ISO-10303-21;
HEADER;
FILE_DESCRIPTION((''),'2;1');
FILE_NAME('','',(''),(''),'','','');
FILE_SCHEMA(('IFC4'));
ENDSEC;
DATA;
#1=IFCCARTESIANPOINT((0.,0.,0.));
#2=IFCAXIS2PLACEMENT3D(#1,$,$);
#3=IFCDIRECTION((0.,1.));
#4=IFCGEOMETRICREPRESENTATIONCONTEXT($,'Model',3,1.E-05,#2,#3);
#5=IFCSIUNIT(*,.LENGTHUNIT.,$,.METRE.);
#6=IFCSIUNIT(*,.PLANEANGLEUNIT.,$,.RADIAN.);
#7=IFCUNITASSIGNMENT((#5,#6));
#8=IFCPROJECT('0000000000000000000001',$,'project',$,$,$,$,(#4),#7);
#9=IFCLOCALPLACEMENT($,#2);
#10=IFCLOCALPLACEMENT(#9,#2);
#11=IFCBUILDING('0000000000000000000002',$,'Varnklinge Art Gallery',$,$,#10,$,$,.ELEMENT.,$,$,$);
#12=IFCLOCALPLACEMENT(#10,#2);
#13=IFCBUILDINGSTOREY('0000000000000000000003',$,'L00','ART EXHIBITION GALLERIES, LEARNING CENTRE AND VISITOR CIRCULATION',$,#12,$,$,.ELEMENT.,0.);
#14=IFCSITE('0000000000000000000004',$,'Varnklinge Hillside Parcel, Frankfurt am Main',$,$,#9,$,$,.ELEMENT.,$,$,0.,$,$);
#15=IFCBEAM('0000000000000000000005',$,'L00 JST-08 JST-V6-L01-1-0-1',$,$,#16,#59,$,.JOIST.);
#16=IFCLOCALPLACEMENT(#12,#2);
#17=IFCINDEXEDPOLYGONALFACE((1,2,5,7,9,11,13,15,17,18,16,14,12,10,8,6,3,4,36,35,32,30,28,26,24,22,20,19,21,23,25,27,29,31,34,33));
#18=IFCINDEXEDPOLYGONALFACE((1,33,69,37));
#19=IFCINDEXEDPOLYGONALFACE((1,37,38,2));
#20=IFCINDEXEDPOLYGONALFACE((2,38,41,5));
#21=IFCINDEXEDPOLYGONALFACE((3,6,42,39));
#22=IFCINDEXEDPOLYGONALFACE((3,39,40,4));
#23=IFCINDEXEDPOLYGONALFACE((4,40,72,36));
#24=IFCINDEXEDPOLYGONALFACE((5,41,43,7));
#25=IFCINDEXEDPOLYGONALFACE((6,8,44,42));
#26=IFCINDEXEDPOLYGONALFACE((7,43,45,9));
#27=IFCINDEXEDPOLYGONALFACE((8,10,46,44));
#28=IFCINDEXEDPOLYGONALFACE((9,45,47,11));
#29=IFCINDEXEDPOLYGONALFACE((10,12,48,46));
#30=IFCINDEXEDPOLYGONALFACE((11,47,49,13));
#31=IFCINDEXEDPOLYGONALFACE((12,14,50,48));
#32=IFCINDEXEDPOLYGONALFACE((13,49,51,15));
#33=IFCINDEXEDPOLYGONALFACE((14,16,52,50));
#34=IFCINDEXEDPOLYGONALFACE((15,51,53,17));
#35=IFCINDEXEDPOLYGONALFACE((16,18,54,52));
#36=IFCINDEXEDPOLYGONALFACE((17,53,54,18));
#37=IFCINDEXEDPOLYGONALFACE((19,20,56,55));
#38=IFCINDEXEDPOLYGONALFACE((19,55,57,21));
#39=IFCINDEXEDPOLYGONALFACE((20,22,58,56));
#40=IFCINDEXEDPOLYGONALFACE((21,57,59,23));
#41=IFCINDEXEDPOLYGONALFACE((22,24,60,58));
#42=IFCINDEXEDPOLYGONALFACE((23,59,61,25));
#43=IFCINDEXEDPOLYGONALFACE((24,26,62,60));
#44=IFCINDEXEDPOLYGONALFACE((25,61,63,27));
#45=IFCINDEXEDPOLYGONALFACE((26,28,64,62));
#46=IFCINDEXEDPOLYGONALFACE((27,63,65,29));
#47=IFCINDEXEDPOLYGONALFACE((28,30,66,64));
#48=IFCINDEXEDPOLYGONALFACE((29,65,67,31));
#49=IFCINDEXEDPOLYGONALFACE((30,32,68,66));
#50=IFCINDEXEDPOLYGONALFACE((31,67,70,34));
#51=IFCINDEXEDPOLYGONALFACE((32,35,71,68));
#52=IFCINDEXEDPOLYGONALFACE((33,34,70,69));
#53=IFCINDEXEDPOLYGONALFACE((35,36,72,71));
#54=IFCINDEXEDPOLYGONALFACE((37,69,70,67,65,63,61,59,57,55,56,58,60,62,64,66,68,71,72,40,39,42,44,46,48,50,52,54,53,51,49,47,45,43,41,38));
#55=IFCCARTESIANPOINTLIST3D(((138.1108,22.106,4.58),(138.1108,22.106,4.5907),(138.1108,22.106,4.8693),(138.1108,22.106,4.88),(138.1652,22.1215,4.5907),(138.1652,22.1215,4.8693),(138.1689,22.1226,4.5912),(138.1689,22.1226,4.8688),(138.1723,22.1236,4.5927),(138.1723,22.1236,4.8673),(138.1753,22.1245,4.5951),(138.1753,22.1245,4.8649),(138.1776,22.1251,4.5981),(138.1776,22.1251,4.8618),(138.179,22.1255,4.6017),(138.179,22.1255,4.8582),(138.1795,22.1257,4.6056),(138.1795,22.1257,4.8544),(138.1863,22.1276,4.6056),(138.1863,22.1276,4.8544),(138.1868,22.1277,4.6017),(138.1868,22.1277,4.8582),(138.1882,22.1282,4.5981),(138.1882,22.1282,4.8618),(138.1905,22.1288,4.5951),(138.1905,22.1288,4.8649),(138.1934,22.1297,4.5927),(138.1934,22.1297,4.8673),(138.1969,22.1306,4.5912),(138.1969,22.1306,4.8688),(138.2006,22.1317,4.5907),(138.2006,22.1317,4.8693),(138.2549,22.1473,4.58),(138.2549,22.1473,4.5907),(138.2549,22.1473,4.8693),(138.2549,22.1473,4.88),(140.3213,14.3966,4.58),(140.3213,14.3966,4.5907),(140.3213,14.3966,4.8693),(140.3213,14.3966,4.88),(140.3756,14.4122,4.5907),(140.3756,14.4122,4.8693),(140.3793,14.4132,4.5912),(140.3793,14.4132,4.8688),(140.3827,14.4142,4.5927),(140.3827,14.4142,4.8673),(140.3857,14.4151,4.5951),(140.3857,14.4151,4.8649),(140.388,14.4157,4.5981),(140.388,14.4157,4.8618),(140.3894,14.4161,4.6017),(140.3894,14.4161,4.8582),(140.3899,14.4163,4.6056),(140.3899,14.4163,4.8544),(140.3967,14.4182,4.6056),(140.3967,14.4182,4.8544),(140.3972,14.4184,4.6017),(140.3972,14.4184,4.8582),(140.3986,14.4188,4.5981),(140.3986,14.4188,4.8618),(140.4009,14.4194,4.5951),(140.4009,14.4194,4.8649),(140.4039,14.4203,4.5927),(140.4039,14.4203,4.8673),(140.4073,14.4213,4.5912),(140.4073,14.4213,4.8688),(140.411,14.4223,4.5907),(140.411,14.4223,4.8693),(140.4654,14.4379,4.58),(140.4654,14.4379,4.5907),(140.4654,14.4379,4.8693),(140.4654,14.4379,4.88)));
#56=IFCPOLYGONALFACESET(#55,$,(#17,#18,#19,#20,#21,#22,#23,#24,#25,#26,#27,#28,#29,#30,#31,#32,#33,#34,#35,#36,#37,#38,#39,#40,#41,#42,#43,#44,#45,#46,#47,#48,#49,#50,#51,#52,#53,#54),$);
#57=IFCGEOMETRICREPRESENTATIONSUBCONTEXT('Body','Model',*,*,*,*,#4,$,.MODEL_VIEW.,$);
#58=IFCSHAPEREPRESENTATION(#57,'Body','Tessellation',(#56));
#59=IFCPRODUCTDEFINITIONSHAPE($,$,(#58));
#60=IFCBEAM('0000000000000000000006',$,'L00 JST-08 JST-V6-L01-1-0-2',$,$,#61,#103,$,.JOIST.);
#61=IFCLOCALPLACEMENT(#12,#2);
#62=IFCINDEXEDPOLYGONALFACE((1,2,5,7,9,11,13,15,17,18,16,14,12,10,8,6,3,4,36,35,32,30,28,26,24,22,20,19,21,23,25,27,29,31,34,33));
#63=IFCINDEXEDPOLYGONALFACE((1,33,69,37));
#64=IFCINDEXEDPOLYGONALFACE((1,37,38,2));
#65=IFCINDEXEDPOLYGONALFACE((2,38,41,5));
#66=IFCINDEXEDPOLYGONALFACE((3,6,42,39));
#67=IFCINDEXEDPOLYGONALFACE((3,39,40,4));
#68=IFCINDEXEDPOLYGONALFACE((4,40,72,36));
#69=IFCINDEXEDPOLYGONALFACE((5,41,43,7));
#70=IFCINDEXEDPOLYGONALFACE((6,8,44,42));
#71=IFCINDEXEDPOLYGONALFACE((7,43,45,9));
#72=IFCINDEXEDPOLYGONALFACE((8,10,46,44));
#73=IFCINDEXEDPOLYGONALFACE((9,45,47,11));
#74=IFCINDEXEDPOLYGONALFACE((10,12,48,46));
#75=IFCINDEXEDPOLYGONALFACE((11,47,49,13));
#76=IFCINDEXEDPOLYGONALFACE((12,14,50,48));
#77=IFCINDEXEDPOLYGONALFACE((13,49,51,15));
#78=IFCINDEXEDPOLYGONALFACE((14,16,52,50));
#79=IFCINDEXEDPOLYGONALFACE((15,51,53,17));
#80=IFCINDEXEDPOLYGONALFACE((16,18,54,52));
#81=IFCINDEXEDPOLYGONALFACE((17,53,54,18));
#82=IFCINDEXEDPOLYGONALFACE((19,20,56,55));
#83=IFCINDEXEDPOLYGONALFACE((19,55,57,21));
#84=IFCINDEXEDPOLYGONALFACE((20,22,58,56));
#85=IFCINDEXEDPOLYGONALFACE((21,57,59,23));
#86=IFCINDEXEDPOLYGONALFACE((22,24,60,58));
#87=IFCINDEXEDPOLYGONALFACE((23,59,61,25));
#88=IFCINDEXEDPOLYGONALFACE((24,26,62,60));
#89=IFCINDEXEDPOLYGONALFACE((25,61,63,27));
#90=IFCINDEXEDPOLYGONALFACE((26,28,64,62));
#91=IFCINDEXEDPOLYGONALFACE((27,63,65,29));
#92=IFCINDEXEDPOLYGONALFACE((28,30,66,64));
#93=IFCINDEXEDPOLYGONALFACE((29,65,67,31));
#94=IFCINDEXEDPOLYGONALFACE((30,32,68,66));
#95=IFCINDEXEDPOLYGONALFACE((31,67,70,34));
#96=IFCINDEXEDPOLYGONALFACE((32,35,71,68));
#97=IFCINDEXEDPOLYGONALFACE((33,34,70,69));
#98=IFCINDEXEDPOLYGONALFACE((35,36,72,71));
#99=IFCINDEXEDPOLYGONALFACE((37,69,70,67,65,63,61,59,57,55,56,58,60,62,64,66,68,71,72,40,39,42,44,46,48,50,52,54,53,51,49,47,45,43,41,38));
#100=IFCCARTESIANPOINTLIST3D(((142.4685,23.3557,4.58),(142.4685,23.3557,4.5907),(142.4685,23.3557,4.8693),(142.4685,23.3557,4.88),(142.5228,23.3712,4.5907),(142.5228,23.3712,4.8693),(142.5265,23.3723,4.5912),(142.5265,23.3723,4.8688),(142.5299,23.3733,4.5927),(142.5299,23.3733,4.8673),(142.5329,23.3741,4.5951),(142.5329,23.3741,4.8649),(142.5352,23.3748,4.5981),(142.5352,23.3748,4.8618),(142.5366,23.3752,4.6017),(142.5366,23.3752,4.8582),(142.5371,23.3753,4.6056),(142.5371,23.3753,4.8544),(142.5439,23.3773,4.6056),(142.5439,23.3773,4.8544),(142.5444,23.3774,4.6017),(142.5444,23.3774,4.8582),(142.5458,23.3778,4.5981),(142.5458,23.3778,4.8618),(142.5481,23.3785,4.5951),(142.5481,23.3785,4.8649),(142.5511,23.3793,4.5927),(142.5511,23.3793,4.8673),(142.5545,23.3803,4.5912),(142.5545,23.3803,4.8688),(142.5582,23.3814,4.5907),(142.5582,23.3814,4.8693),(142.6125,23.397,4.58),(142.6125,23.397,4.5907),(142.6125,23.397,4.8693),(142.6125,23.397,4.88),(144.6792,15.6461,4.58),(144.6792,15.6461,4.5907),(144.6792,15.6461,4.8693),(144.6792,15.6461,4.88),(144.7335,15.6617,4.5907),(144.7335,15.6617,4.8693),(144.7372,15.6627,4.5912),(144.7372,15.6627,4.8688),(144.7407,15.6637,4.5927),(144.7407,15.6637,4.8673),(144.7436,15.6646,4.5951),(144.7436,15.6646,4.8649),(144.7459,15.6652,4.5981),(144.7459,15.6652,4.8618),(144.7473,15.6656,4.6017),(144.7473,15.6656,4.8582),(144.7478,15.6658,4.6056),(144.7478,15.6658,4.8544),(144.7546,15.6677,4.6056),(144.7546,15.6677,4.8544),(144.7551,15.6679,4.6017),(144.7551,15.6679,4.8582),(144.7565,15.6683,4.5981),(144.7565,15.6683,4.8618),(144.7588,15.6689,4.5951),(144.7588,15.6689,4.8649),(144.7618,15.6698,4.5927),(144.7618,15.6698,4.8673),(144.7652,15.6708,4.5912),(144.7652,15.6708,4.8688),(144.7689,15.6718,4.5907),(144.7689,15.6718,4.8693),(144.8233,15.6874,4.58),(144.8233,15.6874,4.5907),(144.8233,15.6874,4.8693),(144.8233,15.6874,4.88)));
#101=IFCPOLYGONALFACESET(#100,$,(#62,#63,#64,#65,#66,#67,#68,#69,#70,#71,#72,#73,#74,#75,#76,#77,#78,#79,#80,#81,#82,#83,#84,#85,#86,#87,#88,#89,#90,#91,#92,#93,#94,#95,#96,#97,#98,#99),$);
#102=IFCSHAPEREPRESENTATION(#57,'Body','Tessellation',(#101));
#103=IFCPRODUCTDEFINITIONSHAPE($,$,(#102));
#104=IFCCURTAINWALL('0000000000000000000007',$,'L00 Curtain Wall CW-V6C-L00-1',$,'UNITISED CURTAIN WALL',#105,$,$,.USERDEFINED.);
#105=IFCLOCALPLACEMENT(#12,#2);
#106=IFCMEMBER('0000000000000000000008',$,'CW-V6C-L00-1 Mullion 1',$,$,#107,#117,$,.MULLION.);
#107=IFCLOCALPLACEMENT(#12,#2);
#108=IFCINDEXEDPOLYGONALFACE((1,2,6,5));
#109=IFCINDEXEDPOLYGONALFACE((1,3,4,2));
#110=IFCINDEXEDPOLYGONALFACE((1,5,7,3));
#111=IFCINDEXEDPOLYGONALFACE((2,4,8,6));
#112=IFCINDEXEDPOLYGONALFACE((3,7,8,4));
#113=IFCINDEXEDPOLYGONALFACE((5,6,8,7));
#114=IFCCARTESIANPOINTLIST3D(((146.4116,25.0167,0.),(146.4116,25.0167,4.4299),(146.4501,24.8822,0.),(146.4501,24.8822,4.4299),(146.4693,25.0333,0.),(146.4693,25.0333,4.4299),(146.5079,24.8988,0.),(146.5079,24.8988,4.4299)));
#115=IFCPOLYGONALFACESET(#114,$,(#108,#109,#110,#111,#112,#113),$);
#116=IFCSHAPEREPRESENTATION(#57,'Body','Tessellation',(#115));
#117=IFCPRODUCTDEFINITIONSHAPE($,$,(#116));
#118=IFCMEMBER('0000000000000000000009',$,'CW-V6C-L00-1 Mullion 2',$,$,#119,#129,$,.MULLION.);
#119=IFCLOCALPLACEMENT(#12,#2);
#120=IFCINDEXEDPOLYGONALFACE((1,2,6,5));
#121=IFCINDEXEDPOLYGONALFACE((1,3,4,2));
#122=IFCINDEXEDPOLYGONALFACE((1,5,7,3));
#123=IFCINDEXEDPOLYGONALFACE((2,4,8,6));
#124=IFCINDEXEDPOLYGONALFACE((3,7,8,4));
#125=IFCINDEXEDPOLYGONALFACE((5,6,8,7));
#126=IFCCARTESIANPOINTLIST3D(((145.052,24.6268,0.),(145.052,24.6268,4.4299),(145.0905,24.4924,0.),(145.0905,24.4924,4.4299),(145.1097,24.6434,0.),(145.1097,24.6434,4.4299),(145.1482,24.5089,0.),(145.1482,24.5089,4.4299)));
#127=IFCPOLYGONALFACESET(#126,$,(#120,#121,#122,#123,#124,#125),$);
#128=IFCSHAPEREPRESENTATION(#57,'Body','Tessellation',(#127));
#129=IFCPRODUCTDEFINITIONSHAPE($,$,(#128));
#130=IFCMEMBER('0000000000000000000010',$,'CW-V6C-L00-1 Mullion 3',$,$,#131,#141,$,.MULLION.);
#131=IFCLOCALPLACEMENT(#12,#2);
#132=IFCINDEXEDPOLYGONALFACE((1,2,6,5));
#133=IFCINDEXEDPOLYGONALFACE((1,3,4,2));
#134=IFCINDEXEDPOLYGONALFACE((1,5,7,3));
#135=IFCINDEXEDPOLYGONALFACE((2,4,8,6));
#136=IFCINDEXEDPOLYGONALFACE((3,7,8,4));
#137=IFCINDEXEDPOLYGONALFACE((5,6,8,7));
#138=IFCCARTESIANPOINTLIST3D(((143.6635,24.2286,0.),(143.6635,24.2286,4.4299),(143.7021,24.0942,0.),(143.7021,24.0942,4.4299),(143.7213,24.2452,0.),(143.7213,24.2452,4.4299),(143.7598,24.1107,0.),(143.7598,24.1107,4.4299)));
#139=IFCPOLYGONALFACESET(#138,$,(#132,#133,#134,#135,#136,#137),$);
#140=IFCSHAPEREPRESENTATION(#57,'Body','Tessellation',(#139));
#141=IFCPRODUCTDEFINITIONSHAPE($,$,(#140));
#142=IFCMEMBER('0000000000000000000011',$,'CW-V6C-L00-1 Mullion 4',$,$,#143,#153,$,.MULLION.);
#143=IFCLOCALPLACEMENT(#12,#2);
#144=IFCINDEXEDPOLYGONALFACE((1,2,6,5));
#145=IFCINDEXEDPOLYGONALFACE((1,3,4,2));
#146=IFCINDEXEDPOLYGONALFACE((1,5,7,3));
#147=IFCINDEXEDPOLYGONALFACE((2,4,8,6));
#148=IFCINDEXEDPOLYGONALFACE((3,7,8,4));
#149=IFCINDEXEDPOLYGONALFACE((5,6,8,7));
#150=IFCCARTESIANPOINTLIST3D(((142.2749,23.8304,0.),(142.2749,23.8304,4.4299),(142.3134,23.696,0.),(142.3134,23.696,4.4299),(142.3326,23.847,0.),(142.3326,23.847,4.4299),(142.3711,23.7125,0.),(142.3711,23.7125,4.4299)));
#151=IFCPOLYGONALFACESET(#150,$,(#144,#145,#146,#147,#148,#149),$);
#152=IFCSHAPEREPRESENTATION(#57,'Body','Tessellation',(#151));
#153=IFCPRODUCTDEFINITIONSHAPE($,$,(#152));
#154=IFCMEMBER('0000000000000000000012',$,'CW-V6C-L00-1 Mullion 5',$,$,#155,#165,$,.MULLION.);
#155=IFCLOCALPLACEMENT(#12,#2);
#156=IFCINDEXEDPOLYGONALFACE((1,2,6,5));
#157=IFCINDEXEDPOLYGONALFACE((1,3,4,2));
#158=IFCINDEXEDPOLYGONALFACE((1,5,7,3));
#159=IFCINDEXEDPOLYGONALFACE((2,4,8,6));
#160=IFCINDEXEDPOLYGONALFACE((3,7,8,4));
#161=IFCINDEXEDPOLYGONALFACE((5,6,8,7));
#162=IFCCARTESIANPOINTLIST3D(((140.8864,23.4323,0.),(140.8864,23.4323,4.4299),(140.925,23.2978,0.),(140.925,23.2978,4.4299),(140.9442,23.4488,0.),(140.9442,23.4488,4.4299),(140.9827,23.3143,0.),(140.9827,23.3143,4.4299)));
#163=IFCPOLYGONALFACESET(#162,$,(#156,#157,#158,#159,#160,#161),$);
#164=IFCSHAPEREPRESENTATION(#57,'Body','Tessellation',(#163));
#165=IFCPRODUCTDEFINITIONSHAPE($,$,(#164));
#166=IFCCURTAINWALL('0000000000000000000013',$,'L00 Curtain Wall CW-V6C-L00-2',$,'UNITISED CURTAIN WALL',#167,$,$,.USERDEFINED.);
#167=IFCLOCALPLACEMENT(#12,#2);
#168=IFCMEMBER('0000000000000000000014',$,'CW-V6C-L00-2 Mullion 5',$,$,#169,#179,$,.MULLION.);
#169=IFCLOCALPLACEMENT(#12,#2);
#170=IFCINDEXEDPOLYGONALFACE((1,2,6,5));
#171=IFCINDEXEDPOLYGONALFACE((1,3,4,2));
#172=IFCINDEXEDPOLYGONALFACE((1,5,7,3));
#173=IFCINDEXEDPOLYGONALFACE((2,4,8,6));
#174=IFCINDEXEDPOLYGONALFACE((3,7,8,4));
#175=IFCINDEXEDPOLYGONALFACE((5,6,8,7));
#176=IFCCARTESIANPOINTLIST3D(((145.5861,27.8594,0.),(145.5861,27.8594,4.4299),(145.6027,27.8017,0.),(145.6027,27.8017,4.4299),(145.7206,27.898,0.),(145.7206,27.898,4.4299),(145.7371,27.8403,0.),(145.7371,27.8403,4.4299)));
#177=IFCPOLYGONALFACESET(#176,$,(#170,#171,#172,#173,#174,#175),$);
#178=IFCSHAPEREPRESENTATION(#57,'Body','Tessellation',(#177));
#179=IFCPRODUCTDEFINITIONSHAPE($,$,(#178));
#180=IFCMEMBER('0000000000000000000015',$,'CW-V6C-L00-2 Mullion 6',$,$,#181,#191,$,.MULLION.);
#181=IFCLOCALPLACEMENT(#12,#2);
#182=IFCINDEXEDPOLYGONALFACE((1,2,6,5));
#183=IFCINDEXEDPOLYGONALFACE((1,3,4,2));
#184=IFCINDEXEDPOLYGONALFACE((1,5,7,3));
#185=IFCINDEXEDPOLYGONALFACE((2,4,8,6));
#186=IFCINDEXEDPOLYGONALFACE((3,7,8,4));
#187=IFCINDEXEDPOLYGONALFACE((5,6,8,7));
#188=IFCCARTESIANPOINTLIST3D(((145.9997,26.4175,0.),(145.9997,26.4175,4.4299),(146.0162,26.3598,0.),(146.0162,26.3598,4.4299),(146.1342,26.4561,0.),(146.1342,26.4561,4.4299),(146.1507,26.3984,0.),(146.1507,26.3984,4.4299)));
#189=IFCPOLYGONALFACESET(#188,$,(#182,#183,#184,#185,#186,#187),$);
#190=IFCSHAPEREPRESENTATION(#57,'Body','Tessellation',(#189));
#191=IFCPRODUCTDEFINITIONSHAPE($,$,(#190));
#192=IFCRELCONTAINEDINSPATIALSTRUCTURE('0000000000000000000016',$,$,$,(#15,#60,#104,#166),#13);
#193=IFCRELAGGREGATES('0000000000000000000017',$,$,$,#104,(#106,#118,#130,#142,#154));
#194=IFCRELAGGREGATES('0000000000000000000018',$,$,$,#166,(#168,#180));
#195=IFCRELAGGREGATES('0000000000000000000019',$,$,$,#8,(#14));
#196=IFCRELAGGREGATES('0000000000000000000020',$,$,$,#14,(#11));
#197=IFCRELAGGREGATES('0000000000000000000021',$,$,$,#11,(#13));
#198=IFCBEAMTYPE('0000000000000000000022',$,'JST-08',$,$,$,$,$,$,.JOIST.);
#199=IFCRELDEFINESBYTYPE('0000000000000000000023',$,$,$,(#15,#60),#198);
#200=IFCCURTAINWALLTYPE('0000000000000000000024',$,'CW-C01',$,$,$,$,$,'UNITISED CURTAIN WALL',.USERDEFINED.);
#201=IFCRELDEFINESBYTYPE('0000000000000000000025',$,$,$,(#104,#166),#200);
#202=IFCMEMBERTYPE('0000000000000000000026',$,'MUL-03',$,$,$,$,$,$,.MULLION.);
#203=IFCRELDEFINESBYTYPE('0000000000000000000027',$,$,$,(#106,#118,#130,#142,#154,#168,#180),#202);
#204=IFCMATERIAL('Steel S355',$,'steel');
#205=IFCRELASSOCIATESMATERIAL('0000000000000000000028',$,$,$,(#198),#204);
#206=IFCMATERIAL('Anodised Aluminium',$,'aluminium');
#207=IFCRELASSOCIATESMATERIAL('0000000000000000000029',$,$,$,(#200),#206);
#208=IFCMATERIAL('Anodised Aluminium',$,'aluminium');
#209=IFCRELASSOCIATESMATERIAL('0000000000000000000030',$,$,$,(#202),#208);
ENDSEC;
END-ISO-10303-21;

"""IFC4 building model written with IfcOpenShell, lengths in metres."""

from ifc_helpers import new_model, si_unit, direction, frame, origin, origin_2d, place, context, subcontext, project, spatial, rectangle, i_section, extrude, material, material_profile, profile_set, type_object, element, aggregate, save


model = new_model("IFC4")

# Units and contexts
model_context = context("Model", 3, precision=1e-05, world=origin(), true_north=direction((0.0, 1.0)))
body_context = subcontext(model_context, "Body", "Model", "MODEL_VIEW")
ifc_project = project(units=[si_unit("LENGTHUNIT", "METRE"), si_unit("PLANEANGLEUNIT", "RADIAN")], contexts=[model_context])

# Site, building, storey
site_placement = place(None, origin())
site = spatial("IfcSite", under=ifc_project, at=site_placement, Name="Varnklinge Hillside Parcel, Frankfurt am Main", CompositionType="ELEMENT", RefElevation=0.0)
building_placement = place(site_placement, origin())
building = spatial("IfcBuilding", under=site, at=building_placement, Name="Varnklinge Art Gallery", CompositionType="ELEMENT")
storey_placement = place(building_placement, origin())
storey = spatial("IfcBuildingStorey", under=building, at=storey_placement, Name="L00", Description="ART EXHIBITION GALLERIES, LEARNING CENTRE AND VISITOR CIRCULATION", CompositionType="ELEMENT", Elevation=0.0)

# Beams
ifc_material_1 = material(Name="Steel S355", Category="steel")
ifc_material_profile_1 = material_profile(ifc_material_1, i_section(OverallWidth=0.1499, OverallDepth=0.3, WebThickness=0.0071, FlangeThickness=0.0107, FilletRadius=0.0149, at=origin_2d()), Name="IPE 300")
ifc_profile_set_1 = profile_set([ifc_material_profile_1], Name="Steel S355")
beam_type = type_object("IfcBeamType", Name="JST-08", PredefinedType="JOIST", material=ifc_profile_set_1)
beam_1_placement = place(storey_placement, frame((140.3933, 14.4172, 4.73), z_axis=(-0.275614, 0.961269, 0.0), x_axis=(-0.961269, -0.275614, 0.0)))
element("IfcBeam", 1, at=beam_1_placement, inside=storey, type_object=beam_type, Name="L00 JST-08 JST-V6-L01-1-0-1", PredefinedType="JOIST", context=body_context, shape_type="SweptSolid", body=[
    extrude(i_section(OverallWidth=0.1499, OverallDepth=0.3, WebThickness=0.0071, FlangeThickness=0.0107, FilletRadius=0.0149, at=origin_2d()), origin(), (0.0, 0.0, 1.0), 8.02),
])
beam_2_placement = place(storey_placement, frame((144.7512, 15.6667, 4.73), z_axis=(-0.275642, 0.96126, 0.0), x_axis=(-0.96126, -0.275642, 0.0)))
element("IfcBeam", 2, at=beam_2_placement, inside=storey, type_object=beam_type, Name="L00 JST-08 JST-V6-L01-1-0-2", PredefinedType="JOIST", context=body_context, shape_type="SweptSolid", body=[
    extrude(i_section(OverallWidth=0.1499, OverallDepth=0.3, WebThickness=0.0071, FlangeThickness=0.0107, FilletRadius=0.0149, at=origin_2d()), origin(), (0.0, 0.0, 1.0), 8.0203),
])

# Curtain walls, members
ifc_material_2 = material(Name="Anodised Aluminium", Category="aluminium")
curtain_wall_type = type_object("IfcCurtainWallType", Name="CW-C01", ElementType="UNITISED CURTAIN WALL", PredefinedType="USERDEFINED", material=ifc_material_2)
curtain_wall_1_placement = place(storey_placement, origin())
curtain_wall_1 = element("IfcCurtainWall", 3, at=curtain_wall_1_placement, inside=storey, type_object=curtain_wall_type, Name="L00 Curtain Wall CW-V6C-L00-1", ObjectType="UNITISED CURTAIN WALL", PredefinedType="USERDEFINED")
ifc_material_3 = material(Name="Anodised Aluminium", Category="aluminium")
ifc_material_profile_2 = material_profile(ifc_material_3, rectangle(XDim=0.0601, YDim=0.1399, at=origin_2d()), Name="ALU 60x140")
ifc_profile_set_2 = profile_set([ifc_material_profile_2], Name="Anodised Aluminium")
member_type = type_object("IfcMemberType", Name="MUL-03", PredefinedType="MULLION", material=ifc_profile_set_2)
member_1_placement = place(storey_placement, frame((146.4597, 24.9578, 0.0), z_axis=(0.0, 0.0, 1.0), x_axis=(-0.961262, -0.275637, 0.0)))
member_1 = element("IfcMember", 4, at=member_1_placement, type_object=member_type, Name="CW-V6C-L00-1 Mullion 1", PredefinedType="MULLION", context=body_context, shape_type="SweptSolid", body=[
    extrude(rectangle(XDim=0.0601, YDim=0.1399, at=origin_2d()), origin(), (0.0, 0.0, 1.0), 4.4299),
])
member_2_placement = place(storey_placement, frame((145.1001, 24.5679, 0.0), z_axis=(0.0, 0.0, 1.0), x_axis=(-0.961262, -0.275637, 0.0)))
member_2 = element("IfcMember", 5, at=member_2_placement, type_object=member_type, Name="CW-V6C-L00-1 Mullion 2", PredefinedType="MULLION", context=body_context, shape_type="SweptSolid", body=[
    extrude(rectangle(XDim=0.0601, YDim=0.1399, at=origin_2d()), origin(), (0.0, 0.0, 1.0), 4.4299),
])
member_3_placement = place(storey_placement, frame((143.7117, 24.1697, 0.0), z_axis=(0.0, 0.0, 1.0), x_axis=(-0.961262, -0.275637, 0.0)))
member_3 = element("IfcMember", 6, at=member_3_placement, type_object=member_type, Name="CW-V6C-L00-1 Mullion 3", PredefinedType="MULLION", context=body_context, shape_type="SweptSolid", body=[
    extrude(rectangle(XDim=0.0601, YDim=0.1399, at=origin_2d()), origin(), (0.0, 0.0, 1.0), 4.4299),
])
member_4_placement = place(storey_placement, frame((142.323, 23.7715, 0.0), z_axis=(0.0, 0.0, 1.0), x_axis=(-0.961262, -0.275637, 0.0)))
member_4 = element("IfcMember", 7, at=member_4_placement, type_object=member_type, Name="CW-V6C-L00-1 Mullion 4", PredefinedType="MULLION", context=body_context, shape_type="SweptSolid", body=[
    extrude(rectangle(XDim=0.0601, YDim=0.1399, at=origin_2d()), origin(), (0.0, 0.0, 1.0), 4.4299),
])
member_5_placement = place(storey_placement, frame((140.9346, 23.3733, 0.0), z_axis=(0.0, 0.0, 1.0), x_axis=(-0.961262, -0.275637, 0.0)))
member_5 = element("IfcMember", 8, at=member_5_placement, type_object=member_type, Name="CW-V6C-L00-1 Mullion 5", PredefinedType="MULLION", context=body_context, shape_type="SweptSolid", body=[
    extrude(rectangle(XDim=0.0601, YDim=0.1399, at=origin_2d()), origin(), (0.0, 0.0, 1.0), 4.4299),
])
curtain_wall_2_placement = place(storey_placement, origin())
curtain_wall_2 = element("IfcCurtainWall", 9, at=curtain_wall_2_placement, inside=storey, type_object=curtain_wall_type, Name="L00 Curtain Wall CW-V6C-L00-2", ObjectType="UNITISED CURTAIN WALL", PredefinedType="USERDEFINED")
member_6_placement = place(storey_placement, frame((145.6616, 27.8499, 0.0), z_axis=(0.0, 0.0, 1.0), x_axis=(0.275637, -0.961262, 0.0)))
member_6 = element("IfcMember", 10, at=member_6_placement, type_object=member_type, Name="CW-V6C-L00-2 Mullion 5", PredefinedType="MULLION", context=body_context, shape_type="SweptSolid", body=[
    extrude(rectangle(XDim=0.0601, YDim=0.1399, at=origin_2d()), origin(), (0.0, 0.0, 1.0), 4.4299),
])
member_7_placement = place(storey_placement, frame((146.0752, 26.408, 0.0), z_axis=(0.0, 0.0, 1.0), x_axis=(0.275637, -0.961262, 0.0)))
member_7 = element("IfcMember", 11, at=member_7_placement, type_object=member_type, Name="CW-V6C-L00-2 Mullion 6", PredefinedType="MULLION", context=body_context, shape_type="SweptSolid", body=[
    extrude(rectangle(XDim=0.0601, YDim=0.1399, at=origin_2d()), origin(), (0.0, 0.0, 1.0), 4.4299),
])

aggregate(curtain_wall_1, [member_1, member_2, member_3, member_4, member_5])
aggregate(curtain_wall_2, [member_6, member_7])

save(model, "model.ifc")
